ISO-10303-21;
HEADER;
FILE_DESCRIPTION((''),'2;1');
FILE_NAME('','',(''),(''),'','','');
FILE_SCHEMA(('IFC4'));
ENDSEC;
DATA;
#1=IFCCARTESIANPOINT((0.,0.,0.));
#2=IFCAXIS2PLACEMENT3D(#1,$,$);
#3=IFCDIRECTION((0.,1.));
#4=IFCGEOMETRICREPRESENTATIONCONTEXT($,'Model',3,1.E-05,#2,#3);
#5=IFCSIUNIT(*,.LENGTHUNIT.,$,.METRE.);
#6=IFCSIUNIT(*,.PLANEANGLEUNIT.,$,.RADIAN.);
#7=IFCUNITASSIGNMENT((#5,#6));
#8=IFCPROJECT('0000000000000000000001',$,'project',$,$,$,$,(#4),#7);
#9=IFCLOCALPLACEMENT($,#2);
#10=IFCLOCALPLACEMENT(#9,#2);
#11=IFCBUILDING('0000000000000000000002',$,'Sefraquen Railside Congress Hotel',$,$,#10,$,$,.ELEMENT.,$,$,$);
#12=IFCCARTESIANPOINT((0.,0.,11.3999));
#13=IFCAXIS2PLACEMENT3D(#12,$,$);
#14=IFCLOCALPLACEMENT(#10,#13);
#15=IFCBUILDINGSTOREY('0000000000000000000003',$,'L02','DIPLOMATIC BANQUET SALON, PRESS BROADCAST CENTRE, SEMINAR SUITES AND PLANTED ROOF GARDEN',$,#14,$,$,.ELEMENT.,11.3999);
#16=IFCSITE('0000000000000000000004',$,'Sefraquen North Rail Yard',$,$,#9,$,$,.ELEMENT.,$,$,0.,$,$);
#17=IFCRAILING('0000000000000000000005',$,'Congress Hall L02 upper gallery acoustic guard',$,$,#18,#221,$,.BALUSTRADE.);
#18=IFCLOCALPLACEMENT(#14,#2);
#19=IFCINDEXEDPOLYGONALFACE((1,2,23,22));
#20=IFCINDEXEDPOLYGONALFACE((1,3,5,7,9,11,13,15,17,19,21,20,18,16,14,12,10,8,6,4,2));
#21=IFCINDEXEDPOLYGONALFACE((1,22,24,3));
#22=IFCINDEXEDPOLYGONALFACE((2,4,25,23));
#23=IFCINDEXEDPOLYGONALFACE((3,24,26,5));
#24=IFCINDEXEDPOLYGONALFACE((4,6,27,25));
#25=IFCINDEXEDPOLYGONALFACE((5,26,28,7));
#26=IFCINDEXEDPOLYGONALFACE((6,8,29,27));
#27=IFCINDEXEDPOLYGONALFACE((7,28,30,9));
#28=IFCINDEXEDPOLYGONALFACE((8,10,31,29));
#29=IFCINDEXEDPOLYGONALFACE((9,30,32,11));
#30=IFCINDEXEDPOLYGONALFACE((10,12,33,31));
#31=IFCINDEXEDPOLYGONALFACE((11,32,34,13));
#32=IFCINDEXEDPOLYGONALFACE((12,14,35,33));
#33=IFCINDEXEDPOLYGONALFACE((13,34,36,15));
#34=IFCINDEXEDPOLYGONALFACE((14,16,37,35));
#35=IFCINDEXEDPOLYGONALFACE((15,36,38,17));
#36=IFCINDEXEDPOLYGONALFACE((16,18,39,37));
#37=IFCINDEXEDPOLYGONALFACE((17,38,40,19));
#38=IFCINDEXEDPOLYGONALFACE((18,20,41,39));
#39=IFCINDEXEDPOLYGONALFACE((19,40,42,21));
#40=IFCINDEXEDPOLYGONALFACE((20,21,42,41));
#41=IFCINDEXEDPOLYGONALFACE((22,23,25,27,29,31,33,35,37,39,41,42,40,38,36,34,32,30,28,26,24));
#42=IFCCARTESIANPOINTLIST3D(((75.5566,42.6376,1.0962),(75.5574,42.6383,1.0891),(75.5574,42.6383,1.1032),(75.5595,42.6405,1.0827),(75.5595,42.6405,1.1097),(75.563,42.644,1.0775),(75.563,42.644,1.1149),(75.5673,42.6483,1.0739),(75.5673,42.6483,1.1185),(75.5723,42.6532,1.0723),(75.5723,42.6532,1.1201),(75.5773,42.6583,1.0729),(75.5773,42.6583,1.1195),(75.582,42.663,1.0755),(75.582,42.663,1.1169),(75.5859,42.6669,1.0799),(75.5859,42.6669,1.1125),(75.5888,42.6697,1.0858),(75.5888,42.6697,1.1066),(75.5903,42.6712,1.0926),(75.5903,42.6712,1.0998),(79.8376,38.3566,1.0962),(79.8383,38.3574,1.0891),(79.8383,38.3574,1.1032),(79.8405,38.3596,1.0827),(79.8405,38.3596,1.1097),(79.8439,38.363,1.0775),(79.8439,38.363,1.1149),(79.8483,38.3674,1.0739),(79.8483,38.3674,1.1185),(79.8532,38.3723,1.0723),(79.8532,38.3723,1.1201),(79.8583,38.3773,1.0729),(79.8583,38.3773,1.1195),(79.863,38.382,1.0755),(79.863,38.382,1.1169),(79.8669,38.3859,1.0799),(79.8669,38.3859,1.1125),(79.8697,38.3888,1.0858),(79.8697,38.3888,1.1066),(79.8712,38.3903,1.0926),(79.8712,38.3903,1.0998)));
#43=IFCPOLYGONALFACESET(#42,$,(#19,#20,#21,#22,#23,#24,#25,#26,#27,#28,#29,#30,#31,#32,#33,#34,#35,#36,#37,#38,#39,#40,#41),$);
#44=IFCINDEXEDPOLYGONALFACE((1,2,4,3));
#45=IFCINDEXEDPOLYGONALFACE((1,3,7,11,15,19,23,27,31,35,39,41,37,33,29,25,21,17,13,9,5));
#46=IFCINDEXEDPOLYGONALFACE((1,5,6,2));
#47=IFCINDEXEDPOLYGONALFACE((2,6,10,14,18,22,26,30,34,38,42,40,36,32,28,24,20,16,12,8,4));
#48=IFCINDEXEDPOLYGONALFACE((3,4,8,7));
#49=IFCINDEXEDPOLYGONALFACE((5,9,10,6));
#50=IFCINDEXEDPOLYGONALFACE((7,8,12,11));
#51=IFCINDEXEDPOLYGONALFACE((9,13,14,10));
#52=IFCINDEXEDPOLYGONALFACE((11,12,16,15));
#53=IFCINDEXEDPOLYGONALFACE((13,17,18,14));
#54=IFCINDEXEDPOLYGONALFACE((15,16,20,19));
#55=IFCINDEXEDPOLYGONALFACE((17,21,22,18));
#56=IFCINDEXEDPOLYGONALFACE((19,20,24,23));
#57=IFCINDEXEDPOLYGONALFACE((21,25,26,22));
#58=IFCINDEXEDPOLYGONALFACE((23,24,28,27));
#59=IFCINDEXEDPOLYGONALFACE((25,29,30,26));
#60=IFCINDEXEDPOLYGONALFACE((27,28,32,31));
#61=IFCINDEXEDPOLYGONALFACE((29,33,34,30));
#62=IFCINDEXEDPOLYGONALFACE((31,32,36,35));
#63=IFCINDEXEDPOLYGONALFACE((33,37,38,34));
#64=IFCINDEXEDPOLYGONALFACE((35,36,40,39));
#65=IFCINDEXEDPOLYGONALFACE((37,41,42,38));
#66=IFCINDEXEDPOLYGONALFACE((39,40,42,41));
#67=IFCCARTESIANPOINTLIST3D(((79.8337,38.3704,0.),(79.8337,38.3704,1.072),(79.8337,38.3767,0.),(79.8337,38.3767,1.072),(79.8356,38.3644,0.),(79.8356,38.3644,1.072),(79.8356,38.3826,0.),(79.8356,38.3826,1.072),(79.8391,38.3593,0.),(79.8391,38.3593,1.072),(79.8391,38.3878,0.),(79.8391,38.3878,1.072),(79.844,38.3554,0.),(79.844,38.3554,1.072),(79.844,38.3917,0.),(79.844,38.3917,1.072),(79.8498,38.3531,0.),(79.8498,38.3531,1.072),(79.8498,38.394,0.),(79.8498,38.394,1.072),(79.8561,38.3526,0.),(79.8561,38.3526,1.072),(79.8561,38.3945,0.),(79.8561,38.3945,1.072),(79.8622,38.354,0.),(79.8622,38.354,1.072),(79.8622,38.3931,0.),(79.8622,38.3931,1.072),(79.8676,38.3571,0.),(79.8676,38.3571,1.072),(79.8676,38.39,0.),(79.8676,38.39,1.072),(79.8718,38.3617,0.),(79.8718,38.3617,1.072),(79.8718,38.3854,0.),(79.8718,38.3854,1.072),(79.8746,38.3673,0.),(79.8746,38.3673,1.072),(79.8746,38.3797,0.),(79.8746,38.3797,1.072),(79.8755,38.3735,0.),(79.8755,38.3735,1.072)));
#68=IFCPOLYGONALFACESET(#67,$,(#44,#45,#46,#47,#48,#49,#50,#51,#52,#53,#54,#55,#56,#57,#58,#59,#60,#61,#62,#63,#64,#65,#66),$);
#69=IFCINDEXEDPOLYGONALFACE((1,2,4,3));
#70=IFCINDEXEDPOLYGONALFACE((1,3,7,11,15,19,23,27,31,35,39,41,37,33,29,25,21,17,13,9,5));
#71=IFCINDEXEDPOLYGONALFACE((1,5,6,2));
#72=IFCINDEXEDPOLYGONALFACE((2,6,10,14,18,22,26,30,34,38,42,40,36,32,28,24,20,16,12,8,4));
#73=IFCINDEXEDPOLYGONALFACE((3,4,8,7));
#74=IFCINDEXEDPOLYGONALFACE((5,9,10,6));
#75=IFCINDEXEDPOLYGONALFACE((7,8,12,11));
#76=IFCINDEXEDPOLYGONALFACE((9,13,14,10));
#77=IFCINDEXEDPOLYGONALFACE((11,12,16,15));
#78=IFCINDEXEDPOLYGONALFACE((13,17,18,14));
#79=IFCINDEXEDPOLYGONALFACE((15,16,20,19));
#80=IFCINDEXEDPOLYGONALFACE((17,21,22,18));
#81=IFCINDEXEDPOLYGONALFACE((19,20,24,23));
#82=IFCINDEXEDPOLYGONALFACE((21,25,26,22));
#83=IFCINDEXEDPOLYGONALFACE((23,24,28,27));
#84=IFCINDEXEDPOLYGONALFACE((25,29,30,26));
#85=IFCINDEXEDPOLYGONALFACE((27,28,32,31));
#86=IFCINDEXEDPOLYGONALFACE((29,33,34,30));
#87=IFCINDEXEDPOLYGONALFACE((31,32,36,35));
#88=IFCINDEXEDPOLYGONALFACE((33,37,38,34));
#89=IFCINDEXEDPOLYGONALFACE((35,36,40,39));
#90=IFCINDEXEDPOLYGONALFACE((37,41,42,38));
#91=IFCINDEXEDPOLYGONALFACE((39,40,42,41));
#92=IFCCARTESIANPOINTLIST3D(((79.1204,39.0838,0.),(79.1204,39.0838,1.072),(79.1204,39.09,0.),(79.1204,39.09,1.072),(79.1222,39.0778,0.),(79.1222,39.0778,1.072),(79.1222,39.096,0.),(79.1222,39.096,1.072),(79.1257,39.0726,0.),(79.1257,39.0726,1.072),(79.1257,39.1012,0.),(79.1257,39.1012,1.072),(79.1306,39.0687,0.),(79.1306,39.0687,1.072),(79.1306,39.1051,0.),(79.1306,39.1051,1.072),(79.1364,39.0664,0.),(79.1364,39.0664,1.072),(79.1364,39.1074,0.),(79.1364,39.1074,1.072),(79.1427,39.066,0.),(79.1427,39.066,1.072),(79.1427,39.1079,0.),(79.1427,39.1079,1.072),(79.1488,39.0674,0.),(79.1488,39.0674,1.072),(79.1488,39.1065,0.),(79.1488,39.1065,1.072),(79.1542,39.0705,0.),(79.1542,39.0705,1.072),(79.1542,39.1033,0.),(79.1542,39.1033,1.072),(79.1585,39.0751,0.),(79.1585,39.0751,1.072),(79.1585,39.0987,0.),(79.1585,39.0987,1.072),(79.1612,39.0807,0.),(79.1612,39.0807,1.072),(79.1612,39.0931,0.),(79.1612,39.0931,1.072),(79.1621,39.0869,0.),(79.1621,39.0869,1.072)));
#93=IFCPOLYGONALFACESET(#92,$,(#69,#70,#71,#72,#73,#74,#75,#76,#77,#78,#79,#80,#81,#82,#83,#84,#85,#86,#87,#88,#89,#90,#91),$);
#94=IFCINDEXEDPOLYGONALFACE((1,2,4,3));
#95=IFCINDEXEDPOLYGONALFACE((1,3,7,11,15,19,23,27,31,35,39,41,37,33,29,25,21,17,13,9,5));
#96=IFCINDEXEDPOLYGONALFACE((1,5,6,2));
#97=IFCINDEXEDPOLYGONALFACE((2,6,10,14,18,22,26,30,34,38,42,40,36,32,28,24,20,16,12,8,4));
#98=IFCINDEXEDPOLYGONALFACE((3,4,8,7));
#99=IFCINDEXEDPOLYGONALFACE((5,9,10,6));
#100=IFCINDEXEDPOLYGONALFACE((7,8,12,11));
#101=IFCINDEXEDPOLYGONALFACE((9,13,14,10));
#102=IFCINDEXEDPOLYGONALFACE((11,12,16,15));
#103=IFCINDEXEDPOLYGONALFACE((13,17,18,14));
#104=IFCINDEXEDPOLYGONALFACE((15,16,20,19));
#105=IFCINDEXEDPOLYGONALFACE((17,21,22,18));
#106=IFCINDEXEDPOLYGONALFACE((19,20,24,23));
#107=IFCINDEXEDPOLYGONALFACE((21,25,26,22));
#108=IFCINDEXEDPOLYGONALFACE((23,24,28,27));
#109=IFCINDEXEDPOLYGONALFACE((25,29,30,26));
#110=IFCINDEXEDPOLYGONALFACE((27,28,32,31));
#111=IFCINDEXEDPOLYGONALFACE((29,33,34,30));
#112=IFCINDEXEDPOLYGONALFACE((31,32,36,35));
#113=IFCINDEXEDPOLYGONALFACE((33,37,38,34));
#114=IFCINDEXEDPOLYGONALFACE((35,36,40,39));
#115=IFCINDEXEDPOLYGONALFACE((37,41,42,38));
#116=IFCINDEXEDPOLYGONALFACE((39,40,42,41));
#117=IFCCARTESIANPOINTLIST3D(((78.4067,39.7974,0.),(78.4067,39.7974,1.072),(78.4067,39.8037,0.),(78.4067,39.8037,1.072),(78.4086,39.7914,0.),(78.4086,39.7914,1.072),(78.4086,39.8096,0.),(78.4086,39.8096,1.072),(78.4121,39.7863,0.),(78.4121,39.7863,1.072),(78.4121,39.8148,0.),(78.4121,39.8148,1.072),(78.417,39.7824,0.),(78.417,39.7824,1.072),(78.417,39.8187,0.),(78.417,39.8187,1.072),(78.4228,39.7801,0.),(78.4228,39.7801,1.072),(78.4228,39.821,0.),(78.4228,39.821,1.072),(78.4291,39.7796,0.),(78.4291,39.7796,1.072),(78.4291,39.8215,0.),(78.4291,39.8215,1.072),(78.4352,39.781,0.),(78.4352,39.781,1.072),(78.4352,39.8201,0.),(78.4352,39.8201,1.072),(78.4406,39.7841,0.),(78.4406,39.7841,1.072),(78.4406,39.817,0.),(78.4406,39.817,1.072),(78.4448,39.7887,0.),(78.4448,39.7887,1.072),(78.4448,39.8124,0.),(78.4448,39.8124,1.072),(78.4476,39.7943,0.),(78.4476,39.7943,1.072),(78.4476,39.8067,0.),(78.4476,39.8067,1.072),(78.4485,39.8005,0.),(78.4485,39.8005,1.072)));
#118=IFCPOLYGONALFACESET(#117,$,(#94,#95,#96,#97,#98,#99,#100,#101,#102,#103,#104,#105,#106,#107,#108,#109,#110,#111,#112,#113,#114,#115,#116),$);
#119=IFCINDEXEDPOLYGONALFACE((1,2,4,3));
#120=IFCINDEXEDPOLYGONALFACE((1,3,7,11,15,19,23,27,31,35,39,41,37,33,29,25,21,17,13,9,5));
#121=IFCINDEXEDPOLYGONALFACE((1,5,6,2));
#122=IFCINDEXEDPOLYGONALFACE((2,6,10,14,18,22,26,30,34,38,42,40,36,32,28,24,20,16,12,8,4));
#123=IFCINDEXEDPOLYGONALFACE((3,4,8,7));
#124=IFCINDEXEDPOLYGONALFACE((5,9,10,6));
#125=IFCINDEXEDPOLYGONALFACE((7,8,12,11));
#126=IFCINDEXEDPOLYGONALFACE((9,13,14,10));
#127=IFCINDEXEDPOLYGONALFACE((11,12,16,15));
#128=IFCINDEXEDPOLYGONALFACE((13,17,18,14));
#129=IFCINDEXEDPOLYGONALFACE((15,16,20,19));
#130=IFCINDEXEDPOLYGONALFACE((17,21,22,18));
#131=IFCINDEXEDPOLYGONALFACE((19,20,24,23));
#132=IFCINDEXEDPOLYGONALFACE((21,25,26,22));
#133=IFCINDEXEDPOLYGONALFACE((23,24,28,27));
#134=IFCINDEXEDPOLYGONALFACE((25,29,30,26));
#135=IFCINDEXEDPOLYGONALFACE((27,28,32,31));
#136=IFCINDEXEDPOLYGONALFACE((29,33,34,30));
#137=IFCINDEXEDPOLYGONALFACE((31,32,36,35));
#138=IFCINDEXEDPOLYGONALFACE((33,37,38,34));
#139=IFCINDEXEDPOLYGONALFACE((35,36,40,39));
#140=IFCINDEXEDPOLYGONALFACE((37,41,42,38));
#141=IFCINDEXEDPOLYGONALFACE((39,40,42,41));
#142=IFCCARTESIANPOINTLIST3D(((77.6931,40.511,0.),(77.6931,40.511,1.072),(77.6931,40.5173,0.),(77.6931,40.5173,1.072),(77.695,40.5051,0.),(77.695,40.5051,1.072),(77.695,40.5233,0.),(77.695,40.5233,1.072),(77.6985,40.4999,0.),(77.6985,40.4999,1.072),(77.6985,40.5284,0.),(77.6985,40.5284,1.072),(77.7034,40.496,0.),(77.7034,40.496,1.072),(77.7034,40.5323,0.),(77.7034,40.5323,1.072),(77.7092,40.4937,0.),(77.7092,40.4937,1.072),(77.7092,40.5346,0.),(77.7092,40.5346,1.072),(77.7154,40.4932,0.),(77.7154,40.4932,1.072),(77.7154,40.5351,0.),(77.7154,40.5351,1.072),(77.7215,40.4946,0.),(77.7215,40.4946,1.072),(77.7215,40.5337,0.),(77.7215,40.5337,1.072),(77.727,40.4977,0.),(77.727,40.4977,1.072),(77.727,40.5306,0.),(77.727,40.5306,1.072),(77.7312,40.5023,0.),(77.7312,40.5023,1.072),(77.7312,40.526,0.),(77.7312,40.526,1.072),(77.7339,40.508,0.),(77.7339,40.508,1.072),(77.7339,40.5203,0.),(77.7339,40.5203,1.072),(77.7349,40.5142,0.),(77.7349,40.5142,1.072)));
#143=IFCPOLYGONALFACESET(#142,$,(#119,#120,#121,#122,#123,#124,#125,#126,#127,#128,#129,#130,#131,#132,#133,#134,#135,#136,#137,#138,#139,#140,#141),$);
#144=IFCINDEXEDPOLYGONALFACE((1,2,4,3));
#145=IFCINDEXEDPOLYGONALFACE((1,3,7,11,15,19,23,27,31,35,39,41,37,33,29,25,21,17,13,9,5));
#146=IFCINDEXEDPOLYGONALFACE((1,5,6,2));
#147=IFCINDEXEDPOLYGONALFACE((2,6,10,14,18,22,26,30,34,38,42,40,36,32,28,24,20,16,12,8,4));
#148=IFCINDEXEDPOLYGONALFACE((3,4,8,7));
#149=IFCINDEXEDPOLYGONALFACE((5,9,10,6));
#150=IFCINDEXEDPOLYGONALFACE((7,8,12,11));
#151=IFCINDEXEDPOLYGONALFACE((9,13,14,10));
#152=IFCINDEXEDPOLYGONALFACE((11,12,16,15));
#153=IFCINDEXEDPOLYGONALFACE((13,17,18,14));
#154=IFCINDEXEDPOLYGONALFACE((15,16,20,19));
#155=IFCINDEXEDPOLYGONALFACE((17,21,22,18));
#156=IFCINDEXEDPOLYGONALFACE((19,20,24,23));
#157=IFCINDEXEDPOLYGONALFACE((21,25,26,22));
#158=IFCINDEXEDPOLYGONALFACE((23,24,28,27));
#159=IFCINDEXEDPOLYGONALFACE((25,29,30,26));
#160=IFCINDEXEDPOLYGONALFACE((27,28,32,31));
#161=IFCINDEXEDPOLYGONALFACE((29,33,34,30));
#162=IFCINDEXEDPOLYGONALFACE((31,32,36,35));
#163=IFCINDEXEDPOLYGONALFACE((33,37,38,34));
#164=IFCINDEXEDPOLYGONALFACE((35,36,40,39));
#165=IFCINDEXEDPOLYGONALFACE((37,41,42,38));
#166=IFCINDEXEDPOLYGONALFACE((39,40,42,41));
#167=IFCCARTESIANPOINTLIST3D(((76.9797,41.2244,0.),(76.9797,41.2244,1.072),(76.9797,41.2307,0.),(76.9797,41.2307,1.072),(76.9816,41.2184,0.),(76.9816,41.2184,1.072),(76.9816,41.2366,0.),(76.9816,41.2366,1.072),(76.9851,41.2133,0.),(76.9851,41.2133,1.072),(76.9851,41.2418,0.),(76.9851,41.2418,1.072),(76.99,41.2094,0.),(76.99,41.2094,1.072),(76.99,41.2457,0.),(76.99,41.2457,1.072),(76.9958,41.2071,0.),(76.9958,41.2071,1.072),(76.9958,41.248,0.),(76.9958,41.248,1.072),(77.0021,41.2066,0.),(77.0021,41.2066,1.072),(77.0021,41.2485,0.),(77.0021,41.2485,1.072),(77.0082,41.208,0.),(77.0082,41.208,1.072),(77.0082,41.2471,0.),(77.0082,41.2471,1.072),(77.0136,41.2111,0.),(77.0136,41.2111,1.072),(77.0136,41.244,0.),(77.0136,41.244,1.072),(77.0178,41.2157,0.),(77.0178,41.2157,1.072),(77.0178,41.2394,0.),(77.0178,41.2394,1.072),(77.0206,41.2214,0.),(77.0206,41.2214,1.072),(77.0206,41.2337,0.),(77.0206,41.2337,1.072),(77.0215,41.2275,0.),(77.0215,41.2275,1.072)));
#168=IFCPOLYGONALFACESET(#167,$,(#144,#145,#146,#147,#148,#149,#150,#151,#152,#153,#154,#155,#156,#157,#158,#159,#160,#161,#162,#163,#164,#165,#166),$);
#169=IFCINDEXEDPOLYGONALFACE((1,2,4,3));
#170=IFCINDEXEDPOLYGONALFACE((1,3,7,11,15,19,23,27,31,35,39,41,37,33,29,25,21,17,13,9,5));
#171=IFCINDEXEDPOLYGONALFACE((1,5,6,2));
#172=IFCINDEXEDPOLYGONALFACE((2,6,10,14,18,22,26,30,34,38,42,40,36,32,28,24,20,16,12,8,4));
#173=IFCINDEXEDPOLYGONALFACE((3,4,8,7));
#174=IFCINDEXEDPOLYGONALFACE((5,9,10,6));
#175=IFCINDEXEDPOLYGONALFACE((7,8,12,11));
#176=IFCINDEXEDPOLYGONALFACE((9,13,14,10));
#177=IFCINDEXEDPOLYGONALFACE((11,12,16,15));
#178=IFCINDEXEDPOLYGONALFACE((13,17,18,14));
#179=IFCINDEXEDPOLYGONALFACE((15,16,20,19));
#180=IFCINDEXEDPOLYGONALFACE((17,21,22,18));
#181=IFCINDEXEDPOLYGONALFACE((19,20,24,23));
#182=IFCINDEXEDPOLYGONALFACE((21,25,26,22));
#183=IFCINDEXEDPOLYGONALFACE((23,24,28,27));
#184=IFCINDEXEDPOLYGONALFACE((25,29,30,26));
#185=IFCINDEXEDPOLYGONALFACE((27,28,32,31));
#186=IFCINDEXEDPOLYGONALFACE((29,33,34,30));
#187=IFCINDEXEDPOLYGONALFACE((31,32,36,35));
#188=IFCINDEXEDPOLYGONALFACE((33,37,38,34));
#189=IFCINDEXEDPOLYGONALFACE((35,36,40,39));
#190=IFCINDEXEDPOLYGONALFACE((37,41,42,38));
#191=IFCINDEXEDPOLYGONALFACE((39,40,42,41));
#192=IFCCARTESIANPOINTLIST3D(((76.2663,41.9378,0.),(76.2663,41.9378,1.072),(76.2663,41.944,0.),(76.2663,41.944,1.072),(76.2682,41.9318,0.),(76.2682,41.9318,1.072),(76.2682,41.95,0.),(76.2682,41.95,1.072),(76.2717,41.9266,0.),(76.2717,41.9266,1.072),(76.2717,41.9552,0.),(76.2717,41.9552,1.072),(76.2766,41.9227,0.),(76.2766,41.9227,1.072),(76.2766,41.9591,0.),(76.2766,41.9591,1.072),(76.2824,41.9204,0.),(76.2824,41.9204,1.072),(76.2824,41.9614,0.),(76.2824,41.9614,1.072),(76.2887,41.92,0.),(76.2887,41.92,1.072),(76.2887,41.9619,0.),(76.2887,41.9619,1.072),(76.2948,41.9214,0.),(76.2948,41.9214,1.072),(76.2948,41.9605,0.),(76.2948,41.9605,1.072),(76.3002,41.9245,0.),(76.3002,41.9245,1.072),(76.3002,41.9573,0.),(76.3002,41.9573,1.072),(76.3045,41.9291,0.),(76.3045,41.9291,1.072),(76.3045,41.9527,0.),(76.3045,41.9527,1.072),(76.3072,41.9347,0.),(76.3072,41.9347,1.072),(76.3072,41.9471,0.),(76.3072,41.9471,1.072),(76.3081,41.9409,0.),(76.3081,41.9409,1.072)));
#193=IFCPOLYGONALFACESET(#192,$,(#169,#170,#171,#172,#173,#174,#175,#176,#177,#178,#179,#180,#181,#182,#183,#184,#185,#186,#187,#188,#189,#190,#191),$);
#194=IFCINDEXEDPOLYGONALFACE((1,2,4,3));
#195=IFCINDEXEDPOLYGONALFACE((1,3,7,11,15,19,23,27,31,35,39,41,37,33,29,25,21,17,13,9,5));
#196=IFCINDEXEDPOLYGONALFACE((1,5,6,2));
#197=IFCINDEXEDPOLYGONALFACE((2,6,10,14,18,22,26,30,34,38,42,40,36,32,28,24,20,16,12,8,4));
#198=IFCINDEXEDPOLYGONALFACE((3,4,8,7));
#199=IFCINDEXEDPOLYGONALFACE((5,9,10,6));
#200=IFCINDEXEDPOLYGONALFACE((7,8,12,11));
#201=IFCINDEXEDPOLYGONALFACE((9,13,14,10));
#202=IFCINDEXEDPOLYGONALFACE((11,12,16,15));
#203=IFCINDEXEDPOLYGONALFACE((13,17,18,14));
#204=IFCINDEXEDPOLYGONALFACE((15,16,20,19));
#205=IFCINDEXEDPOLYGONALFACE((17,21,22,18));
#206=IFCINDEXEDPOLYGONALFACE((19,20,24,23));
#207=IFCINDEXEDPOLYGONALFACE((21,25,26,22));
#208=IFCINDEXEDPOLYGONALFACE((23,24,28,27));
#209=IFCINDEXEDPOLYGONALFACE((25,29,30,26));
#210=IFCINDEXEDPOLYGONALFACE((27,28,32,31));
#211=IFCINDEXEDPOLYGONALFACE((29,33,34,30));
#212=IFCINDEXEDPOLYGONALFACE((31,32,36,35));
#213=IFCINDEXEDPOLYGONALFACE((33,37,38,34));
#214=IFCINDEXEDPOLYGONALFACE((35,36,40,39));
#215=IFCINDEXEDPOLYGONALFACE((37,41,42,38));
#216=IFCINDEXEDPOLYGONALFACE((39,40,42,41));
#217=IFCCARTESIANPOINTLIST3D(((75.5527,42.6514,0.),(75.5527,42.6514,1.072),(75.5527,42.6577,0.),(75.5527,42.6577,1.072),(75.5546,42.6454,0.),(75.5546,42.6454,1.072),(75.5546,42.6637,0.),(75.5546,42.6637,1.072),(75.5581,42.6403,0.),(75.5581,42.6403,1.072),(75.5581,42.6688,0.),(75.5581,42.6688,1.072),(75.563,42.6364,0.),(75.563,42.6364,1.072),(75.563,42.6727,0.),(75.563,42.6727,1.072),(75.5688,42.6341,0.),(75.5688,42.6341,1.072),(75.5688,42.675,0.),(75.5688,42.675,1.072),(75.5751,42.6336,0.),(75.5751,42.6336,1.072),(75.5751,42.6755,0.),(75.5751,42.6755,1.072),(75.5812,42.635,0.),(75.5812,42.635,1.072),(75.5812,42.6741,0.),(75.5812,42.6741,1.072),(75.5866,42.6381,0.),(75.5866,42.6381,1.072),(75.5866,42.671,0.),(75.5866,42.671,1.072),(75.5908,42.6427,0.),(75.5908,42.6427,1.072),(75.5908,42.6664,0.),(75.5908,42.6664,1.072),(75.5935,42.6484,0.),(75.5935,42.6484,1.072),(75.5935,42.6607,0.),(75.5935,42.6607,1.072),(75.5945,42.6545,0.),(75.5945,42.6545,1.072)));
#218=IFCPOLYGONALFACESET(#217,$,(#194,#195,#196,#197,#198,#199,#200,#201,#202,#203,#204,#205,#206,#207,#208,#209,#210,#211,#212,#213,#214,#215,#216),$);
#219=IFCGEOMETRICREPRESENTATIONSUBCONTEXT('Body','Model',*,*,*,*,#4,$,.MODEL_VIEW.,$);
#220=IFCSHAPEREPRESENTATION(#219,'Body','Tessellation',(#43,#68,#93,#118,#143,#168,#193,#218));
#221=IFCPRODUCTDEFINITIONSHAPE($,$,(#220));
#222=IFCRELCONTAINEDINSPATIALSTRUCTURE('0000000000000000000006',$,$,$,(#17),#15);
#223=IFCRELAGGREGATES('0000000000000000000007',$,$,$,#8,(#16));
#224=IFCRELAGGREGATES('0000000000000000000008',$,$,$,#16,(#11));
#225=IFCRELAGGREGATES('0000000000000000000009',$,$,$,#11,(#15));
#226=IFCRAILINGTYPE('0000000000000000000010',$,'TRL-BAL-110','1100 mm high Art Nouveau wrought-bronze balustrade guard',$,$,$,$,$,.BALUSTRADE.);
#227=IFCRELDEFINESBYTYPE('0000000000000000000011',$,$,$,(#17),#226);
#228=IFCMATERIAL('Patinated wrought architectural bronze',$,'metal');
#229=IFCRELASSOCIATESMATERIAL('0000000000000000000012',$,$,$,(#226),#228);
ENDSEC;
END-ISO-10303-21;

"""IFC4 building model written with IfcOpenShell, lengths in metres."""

from ifc_helpers import new_model, si_unit, direction, frame, origin, origin_2d, place, context, subcontext, project, spatial, circle, extrude, material, type_object, element, save


model = new_model("IFC4")

# Units and contexts
model_context = context("Model", 3, precision=1e-05, world=origin(), true_north=direction((0.0, 1.0)))
body_context = subcontext(model_context, "Body", "Model", "MODEL_VIEW")
ifc_project = project(units=[si_unit("LENGTHUNIT", "METRE"), si_unit("PLANEANGLEUNIT", "RADIAN")], contexts=[model_context])

# Site, building, storey
site_placement = place(None, origin())
site = spatial("IfcSite", under=ifc_project, at=site_placement, Name="Sefraquen North Rail Yard", CompositionType="ELEMENT", RefElevation=0.0)
building_placement = place(site_placement, origin())
building = spatial("IfcBuilding", under=site, at=building_placement, Name="Sefraquen Railside Congress Hotel", CompositionType="ELEMENT")
storey_placement = place(building_placement, frame((0.0, 0.0, 11.3999)))
storey = spatial("IfcBuildingStorey", under=building, at=storey_placement, Name="L02", Description="DIPLOMATIC BANQUET SALON, PRESS BROADCAST CENTRE, SEMINAR SUITES AND PLANTED ROOF GARDEN", CompositionType="ELEMENT", Elevation=11.3999)

# Railing
ifc_material_1 = material(Name="Patinated wrought architectural bronze", Category="metal")
railing_type = type_object("IfcRailingType", Name="TRL-BAL-110", Description="1100 mm high Art Nouveau wrought-bronze balustrade guard", PredefinedType="BALUSTRADE", material=ifc_material_1)
railing_1_placement = place(storey_placement, frame((79.8545, 38.3735, 0.0)))
element("IfcRailing", 1, at=railing_1_placement, inside=storey, type_object=railing_type, Name="Congress Hall L02 upper gallery acoustic guard", PredefinedType="BALUSTRADE", context=body_context, shape_type="SweptSolid", body=[
    extrude(circle(Radius=0.0239, at=origin_2d()), frame((0.0, 0.0, 1.0962), z_axis=(-0.707107, 0.707107, 0.0), x_axis=(-0.707107, -0.707107, 0.0)), (0.0, 0.0, 1.0), 6.0542),
    extrude(circle(Radius=0.021, at=origin_2d()), origin(), (0.0, 0.0, 1.0), 1.072),
    extrude(circle(Radius=0.021, at=origin_2d()), frame((-0.7134, 0.7134, 0.0)), (0.0, 0.0, 1.0), 1.072),
    extrude(circle(Radius=0.021, at=origin_2d()), frame((-1.427, 1.427, 0.0)), (0.0, 0.0, 1.0), 1.072),
    extrude(circle(Radius=0.021, at=origin_2d()), frame((-2.1406, 2.1406, 0.0)), (0.0, 0.0, 1.0), 1.072),
    extrude(circle(Radius=0.021, at=origin_2d()), frame((-2.854, 2.854, 0.0)), (0.0, 0.0, 1.0), 1.072),
    extrude(circle(Radius=0.021, at=origin_2d()), frame((-3.5674, 3.5674, 0.0)), (0.0, 0.0, 1.0), 1.072),
    extrude(circle(Radius=0.021, at=origin_2d()), frame((-4.281, 4.281, 0.0)), (0.0, 0.0, 1.0), 1.072),
])

save(model, "model.ifc")
